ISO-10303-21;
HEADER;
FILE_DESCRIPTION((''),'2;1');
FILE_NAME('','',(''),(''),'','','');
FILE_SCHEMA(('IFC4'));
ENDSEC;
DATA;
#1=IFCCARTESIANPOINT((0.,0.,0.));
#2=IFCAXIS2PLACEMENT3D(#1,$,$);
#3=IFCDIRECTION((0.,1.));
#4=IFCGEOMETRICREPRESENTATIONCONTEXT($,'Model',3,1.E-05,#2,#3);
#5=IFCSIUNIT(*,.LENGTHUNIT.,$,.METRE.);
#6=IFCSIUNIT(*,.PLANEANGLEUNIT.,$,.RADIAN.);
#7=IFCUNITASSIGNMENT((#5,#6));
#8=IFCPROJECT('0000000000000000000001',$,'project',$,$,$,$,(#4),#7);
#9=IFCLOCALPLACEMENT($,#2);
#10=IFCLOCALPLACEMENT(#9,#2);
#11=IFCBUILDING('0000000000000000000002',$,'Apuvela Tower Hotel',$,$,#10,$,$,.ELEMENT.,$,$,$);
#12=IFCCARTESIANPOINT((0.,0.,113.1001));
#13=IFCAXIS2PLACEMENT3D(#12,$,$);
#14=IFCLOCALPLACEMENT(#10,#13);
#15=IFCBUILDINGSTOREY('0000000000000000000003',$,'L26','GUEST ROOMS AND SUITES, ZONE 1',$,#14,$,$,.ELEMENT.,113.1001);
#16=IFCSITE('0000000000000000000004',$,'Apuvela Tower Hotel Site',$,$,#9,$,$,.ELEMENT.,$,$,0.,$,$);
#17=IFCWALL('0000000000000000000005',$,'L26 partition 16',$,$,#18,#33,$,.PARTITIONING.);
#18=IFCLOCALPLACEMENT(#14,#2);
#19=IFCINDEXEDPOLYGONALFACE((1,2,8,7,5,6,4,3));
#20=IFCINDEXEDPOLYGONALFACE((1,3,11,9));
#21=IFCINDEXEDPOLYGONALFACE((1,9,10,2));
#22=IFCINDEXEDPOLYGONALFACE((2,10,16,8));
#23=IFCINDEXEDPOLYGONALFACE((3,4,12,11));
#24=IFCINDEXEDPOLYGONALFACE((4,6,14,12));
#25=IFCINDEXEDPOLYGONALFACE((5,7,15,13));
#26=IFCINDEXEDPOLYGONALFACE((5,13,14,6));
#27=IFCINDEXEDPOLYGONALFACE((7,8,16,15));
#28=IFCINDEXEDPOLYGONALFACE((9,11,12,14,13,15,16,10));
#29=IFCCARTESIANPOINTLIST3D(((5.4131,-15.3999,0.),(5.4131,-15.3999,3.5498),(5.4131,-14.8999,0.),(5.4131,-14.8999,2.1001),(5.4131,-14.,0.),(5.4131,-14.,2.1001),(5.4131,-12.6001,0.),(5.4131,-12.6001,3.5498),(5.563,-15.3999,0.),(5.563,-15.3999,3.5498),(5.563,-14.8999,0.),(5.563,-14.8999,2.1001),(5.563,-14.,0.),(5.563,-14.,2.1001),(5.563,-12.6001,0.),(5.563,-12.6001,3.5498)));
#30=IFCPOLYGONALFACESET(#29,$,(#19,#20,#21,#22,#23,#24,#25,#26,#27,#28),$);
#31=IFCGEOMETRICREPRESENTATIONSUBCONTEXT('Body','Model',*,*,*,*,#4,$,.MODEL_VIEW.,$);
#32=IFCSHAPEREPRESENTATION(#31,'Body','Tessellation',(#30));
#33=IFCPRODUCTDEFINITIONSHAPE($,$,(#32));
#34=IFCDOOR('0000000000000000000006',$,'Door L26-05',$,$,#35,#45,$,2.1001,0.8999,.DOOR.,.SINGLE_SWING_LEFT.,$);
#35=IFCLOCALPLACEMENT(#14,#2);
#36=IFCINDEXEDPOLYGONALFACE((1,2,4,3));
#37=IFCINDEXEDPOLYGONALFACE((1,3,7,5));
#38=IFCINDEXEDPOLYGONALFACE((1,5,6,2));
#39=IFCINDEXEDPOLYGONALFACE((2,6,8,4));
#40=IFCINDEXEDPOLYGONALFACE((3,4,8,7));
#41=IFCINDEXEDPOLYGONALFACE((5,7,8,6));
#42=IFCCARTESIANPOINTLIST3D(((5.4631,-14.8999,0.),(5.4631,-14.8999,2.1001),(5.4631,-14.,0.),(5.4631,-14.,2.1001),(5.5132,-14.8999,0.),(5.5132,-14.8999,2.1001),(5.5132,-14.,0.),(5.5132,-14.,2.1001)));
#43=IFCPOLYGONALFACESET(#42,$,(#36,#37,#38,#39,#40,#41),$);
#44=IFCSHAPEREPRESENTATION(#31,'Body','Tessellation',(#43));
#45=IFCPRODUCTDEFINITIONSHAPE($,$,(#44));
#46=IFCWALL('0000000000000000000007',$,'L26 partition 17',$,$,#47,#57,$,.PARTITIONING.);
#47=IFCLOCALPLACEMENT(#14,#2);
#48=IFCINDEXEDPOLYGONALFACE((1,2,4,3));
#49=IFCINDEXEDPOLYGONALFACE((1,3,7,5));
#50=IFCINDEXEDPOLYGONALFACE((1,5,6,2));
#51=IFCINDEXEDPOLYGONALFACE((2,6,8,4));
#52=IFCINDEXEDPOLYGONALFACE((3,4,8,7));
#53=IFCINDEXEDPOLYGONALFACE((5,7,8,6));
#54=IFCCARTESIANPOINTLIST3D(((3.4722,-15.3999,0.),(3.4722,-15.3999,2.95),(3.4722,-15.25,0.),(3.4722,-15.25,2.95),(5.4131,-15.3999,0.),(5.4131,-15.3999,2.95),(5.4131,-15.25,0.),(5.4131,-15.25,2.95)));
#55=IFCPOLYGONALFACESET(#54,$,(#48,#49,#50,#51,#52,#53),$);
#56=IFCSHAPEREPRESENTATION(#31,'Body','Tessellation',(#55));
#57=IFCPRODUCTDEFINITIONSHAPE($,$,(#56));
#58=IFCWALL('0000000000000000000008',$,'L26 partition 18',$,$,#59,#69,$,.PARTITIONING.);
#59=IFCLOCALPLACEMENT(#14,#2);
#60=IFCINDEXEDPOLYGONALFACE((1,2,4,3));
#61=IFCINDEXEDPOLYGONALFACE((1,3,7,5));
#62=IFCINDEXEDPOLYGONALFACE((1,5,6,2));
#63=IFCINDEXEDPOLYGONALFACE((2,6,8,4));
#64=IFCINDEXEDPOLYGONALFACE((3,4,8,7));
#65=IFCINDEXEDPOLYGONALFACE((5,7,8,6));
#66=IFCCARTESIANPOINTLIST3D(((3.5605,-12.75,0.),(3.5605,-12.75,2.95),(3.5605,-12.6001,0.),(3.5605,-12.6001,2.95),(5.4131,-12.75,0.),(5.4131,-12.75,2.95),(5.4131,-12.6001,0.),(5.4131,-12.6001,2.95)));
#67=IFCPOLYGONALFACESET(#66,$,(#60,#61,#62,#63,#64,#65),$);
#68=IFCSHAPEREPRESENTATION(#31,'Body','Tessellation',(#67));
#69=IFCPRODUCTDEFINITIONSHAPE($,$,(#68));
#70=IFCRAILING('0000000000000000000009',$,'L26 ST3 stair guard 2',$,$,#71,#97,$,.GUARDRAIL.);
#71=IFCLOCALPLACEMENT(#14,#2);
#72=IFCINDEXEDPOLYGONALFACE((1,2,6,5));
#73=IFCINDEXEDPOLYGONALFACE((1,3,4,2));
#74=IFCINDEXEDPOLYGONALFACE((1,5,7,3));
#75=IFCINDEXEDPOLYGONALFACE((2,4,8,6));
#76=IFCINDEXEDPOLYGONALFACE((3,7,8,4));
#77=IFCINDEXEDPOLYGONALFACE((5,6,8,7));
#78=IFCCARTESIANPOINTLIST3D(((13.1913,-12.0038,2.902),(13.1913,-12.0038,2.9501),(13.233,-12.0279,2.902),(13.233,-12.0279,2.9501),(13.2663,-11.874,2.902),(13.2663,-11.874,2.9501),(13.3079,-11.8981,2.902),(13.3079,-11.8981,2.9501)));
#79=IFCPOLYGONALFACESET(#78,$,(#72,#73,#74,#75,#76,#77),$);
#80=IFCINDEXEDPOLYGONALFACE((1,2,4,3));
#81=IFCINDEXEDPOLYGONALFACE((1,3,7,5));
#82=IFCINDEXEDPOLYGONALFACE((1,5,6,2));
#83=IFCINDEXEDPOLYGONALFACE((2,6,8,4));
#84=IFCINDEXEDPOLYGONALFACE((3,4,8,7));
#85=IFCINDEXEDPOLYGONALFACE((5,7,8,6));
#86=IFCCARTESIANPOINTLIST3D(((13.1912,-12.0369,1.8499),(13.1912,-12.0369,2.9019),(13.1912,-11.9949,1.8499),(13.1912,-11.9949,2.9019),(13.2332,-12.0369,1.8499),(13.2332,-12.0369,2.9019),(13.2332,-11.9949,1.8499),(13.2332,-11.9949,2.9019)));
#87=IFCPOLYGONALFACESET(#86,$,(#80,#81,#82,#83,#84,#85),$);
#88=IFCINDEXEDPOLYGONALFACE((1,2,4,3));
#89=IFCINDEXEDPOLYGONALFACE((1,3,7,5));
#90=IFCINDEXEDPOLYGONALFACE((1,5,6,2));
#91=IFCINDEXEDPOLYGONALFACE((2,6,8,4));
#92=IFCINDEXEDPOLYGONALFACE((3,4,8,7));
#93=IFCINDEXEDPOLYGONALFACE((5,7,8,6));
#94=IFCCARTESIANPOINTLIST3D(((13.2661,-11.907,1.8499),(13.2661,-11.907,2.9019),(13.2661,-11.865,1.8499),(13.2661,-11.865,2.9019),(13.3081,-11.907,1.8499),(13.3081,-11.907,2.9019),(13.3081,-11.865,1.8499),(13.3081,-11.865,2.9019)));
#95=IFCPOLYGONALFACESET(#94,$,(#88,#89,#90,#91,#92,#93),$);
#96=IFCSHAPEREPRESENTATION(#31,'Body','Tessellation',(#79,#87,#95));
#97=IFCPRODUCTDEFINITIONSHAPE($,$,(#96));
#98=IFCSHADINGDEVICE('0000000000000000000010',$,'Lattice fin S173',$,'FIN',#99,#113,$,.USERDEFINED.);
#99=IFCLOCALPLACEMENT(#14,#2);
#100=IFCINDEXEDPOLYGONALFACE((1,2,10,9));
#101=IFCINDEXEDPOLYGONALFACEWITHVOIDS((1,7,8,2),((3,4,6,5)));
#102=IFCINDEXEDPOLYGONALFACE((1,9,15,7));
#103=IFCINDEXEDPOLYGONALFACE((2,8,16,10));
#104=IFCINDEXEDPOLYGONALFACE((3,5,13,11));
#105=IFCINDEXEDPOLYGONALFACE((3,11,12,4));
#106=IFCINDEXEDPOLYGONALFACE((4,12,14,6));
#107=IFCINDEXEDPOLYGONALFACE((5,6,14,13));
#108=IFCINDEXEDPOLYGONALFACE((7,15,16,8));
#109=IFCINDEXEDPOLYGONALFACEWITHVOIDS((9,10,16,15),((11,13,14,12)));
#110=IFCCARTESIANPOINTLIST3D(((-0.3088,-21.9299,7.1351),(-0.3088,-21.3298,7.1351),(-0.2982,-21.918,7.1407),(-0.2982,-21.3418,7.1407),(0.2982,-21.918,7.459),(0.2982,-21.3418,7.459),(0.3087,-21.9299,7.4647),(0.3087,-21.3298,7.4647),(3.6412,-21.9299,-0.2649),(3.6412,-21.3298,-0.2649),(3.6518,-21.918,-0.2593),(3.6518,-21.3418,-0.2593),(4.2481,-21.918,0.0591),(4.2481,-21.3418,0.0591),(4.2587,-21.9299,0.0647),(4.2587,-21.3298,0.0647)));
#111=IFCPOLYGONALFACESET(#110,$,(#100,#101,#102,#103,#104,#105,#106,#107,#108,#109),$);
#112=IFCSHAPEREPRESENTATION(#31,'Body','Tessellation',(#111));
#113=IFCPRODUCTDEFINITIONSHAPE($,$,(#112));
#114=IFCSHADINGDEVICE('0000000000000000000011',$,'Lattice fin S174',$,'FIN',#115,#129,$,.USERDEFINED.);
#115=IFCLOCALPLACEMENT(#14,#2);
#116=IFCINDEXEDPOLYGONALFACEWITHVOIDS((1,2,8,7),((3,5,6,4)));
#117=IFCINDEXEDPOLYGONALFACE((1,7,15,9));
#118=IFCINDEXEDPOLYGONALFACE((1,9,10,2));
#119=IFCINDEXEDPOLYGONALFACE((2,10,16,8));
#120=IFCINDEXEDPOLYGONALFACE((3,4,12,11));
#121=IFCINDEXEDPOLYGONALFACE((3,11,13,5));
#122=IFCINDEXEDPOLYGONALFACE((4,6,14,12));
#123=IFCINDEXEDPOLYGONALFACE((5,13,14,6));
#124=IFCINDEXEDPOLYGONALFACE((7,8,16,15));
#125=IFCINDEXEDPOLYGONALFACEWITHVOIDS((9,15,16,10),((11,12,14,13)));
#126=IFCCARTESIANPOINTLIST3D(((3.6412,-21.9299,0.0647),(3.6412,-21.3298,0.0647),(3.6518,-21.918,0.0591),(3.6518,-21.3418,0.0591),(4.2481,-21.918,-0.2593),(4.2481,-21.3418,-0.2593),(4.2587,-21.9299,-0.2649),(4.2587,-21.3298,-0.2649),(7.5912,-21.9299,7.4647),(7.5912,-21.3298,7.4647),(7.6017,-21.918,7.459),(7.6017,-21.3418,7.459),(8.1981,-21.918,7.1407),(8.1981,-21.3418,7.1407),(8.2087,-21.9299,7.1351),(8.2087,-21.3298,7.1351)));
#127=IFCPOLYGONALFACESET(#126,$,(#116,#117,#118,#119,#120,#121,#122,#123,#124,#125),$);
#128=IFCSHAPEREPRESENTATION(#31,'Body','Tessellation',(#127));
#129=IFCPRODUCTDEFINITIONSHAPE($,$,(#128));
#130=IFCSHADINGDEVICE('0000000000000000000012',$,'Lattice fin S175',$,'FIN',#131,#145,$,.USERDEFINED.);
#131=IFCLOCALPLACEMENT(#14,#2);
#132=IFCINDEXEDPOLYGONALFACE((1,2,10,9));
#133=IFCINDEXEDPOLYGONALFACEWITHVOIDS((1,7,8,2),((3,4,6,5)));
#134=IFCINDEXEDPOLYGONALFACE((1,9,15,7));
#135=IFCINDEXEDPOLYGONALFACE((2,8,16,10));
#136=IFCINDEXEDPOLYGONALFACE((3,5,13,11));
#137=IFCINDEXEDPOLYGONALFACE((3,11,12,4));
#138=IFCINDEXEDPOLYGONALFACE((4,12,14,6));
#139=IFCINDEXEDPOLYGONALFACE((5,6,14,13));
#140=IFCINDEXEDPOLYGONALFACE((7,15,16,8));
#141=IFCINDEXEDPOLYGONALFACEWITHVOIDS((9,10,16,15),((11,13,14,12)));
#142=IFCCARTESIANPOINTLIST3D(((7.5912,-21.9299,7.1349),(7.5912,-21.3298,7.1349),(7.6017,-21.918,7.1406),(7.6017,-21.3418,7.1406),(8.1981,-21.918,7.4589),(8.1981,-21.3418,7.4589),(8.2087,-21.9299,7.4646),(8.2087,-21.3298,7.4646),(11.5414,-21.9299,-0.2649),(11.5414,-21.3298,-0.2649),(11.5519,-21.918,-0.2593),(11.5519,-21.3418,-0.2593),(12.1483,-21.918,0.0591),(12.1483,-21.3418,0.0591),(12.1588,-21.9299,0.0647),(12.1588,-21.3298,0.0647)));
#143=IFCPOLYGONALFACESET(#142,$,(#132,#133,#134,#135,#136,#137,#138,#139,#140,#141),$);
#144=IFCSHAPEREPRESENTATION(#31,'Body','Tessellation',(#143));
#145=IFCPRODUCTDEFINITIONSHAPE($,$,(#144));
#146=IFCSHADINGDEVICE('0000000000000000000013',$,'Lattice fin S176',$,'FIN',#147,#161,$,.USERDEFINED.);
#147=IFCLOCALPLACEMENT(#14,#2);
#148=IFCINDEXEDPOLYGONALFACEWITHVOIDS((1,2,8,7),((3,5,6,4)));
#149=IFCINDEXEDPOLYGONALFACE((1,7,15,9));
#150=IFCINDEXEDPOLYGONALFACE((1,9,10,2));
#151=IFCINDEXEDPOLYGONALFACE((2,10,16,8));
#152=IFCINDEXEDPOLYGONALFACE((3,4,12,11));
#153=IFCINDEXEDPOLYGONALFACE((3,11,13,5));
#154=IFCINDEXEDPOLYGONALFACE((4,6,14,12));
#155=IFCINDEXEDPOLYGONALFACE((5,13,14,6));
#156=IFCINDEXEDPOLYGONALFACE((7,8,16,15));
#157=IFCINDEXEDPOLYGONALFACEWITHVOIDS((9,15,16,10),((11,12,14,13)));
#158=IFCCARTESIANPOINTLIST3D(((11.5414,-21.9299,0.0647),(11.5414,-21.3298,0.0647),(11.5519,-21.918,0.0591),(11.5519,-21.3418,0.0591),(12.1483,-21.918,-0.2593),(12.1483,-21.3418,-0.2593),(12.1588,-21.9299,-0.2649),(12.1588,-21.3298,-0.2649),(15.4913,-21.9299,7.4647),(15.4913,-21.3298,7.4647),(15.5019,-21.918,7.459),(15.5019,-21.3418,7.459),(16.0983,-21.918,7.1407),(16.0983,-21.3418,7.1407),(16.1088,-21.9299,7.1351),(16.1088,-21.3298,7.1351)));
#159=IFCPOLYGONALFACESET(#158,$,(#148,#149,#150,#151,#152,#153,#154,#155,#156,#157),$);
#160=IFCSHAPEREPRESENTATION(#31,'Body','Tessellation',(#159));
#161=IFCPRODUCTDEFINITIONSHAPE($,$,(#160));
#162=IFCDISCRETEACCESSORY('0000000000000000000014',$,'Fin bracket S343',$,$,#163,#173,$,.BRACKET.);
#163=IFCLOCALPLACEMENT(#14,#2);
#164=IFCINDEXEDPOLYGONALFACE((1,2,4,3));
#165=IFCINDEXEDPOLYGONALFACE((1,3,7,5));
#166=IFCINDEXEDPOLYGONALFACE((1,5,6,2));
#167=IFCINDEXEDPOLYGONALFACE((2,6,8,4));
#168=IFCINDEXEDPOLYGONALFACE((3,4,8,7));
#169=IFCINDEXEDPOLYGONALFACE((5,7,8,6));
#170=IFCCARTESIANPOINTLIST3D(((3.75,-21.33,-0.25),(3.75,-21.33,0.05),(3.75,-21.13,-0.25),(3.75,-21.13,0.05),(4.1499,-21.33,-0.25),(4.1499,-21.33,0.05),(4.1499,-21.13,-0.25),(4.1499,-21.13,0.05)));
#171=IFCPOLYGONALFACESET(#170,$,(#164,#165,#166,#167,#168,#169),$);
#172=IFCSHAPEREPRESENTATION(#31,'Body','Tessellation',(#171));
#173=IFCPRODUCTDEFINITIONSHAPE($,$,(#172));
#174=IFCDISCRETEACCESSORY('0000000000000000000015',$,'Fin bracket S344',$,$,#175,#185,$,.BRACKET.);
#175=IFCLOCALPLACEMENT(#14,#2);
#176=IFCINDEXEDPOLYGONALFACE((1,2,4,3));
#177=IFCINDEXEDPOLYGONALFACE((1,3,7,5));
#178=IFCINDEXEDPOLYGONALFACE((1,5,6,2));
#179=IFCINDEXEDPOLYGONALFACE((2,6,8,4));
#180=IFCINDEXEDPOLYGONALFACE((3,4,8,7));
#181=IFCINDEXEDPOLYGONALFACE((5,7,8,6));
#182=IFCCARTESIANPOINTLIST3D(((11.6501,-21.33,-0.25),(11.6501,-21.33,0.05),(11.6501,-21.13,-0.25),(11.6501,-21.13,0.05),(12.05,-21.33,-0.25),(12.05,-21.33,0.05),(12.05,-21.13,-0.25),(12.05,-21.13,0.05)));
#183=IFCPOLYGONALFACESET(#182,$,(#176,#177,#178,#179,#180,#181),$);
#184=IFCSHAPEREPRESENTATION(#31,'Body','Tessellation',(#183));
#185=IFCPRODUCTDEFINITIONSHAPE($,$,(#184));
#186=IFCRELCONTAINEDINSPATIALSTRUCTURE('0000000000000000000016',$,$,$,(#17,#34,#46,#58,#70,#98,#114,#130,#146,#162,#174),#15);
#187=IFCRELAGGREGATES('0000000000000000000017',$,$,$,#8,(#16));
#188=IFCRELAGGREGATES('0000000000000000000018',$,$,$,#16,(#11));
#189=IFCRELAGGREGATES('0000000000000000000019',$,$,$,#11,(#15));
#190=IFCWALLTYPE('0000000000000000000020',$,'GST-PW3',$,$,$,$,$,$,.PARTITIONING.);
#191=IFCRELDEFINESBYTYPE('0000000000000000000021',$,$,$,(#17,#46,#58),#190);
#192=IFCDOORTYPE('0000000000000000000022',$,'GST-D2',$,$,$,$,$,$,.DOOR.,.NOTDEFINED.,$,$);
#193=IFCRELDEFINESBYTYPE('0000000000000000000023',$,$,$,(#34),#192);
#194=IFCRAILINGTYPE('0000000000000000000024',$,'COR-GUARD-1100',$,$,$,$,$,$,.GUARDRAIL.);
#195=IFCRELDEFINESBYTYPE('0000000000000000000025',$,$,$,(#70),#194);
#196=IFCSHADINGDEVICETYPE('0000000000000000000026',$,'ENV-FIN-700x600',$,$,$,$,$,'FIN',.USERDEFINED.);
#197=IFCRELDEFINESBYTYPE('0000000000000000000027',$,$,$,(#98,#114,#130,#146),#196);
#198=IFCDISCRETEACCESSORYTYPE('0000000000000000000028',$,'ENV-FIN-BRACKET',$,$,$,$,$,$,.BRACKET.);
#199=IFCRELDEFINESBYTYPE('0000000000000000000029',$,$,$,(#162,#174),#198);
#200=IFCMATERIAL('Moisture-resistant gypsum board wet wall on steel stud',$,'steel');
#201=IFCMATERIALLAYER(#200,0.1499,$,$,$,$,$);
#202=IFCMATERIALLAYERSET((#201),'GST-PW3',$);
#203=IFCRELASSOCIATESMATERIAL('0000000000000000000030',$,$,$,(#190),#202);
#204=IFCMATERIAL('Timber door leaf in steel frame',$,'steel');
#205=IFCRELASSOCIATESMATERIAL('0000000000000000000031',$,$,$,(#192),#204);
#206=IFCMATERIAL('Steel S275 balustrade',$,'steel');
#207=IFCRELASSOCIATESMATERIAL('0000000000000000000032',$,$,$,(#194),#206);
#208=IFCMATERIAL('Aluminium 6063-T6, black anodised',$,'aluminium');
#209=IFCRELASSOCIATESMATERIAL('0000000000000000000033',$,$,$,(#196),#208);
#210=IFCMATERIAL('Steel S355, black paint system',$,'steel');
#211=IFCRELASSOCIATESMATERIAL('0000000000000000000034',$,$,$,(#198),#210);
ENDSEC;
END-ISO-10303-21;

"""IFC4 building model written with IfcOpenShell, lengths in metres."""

from ifc_helpers import new_model, si_unit, direction, frame, frame_2d, origin, origin_2d, place, context, subcontext, project, spatial, rectangle, hollow_rectangle, extrude, material, layer, layer_set, material_profile, profile_set, type_object, element, fill, save


model = new_model("IFC4")

# Units and contexts
model_context = context("Model", 3, precision=1e-05, world=origin(), true_north=direction((0.0, 1.0)))
body_context = subcontext(model_context, "Body", "Model", "MODEL_VIEW")
ifc_project = project(units=[si_unit("LENGTHUNIT", "METRE"), si_unit("PLANEANGLEUNIT", "RADIAN")], contexts=[model_context])

# Site, building, storey
site_placement = place(None, origin())
site = spatial("IfcSite", under=ifc_project, at=site_placement, Name="Apuvela Tower Hotel Site", CompositionType="ELEMENT", RefElevation=0.0)
building_placement = place(site_placement, origin())
building = spatial("IfcBuilding", under=site, at=building_placement, Name="Apuvela Tower Hotel", CompositionType="ELEMENT")
storey_placement = place(building_placement, frame((0.0, 0.0, 113.1001)))
storey = spatial("IfcBuildingStorey", under=building, at=storey_placement, Name="L26", Description="GUEST ROOMS AND SUITES, ZONE 1", CompositionType="ELEMENT", Elevation=113.1001)

# Shared definitions
ifc_material_1 = material(Name="Moisture-resistant gypsum board wet wall on steel stud", Category="steel")
ifc_layer_1 = layer(ifc_material_1, 0.1499)
ifc_layer_set_1 = layer_set([ifc_layer_1], Name="GST-PW3")
wall_type_1 = type_object("IfcWallType", Name="GST-PW3", PredefinedType="PARTITIONING", material=ifc_layer_set_1)

# Wall, opening, door
wall_1_placement = place(storey_placement, frame((5.488, -15.3999, 0.0), z_axis=(0.0, 0.0, 1.0), x_axis=(0.0, 1.0, 0.0)))
wall_1 = element("IfcWall", 1, at=wall_1_placement, inside=storey, type_object=wall_type_1, Name="L26 partition 16", PredefinedType="PARTITIONING", context=body_context, shape_type="SweptSolid", body=[
    extrude(rectangle(XDim=2.7998, YDim=0.1499, at=frame_2d((1.3999, 0.0))), origin(), (0.0, 0.0, 1.0), 3.5498),
])
opening_1_placement = place(wall_1_placement, frame((0.5, 0.0, 0.0)))
opening_1 = element("IfcOpeningElement", 2, at=opening_1_placement, cuts=wall_1, PredefinedType="OPENING", context=body_context, shape_type="SweptSolid", body=[
    extrude(rectangle(XDim=0.8999, YDim=2.1001, at=frame_2d((0.45, 1.05))), frame((0.0, 0.085, 0.0), z_axis=(0.0, -1.0, 0.0), x_axis=(1.0, 0.0, 0.0)), (0.0, 0.0, 1.0), 0.1699),
])
ifc_material_2 = material(Name="Timber door leaf in steel frame", Category="steel")
door_type_1 = type_object("IfcDoorType", Name="GST-D2", OperationType="NOTDEFINED", PredefinedType="DOOR", material=ifc_material_2)
door_1_placement = place(opening_1_placement, origin())
door_1 = element("IfcDoor", 3, at=door_1_placement, inside=storey, type_object=door_type_1, Name="Door L26-05", OperationType="SINGLE_SWING_LEFT", OverallHeight=2.1001, OverallWidth=0.8999, PredefinedType="DOOR", context=body_context, shape_type="SweptSolid", body=[
    extrude(rectangle(XDim=0.8999, YDim=2.1001, at=frame_2d((0.45, 1.05))), frame((0.0, 0.0249, 0.0), z_axis=(0.0, -1.0, 0.0), x_axis=(1.0, 0.0, 0.0)), (0.0, 0.0, 1.0), 0.05),
])
fill(opening_1, door_1)

# Walls
wall_2_placement = place(storey_placement, frame((3.4722, -15.325, 0.0), z_axis=(0.0, 0.0, 1.0), x_axis=(1.0, 0.0, 0.0)))
element("IfcWall", 4, at=wall_2_placement, inside=storey, type_object=wall_type_1, Name="L26 partition 17", PredefinedType="PARTITIONING", context=body_context, shape_type="SweptSolid", body=[
    extrude(rectangle(XDim=1.9409, YDim=0.1499, at=frame_2d((0.9705, 0.0))), origin(), (0.0, 0.0, 1.0), 2.95),
])
wall_3_placement = place(storey_placement, frame((3.5605, -12.675, 0.0), z_axis=(0.0, 0.0, 1.0), x_axis=(1.0, 0.0, 0.0)))
element("IfcWall", 5, at=wall_3_placement, inside=storey, type_object=wall_type_1, Name="L26 partition 18", PredefinedType="PARTITIONING", context=body_context, shape_type="SweptSolid", body=[
    extrude(rectangle(XDim=1.8525, YDim=0.1499, at=frame_2d((0.9263, 0.0))), origin(), (0.0, 0.0, 1.0), 2.95),
])

# Railing
ifc_material_3 = material(Name="Steel S275 balustrade", Category="steel")
railing_type = type_object("IfcRailingType", Name="COR-GUARD-1100", PredefinedType="GUARDRAIL", material=ifc_material_3)
railing_placement = place(storey_placement, frame((13.2122, -12.0159, 1.8499)))
element("IfcRailing", 6, at=railing_placement, inside=storey, type_object=railing_type, Name="L26 ST3 stair guard 2", PredefinedType="GUARDRAIL", context=body_context, shape_type="SweptSolid", body=[
    extrude(rectangle(XDim=0.0481, YDim=0.0481, at=origin_2d()), frame((0.0, 0.0, 1.0762), z_axis=(0.499816, 0.866131, 0.0), x_axis=(-0.866131, 0.499816, 0.0)), (0.0, 0.0, 1.0), 0.1499),
    extrude(rectangle(XDim=0.042, YDim=0.042, at=origin_2d()), origin(), (0.0, 0.0, 1.0), 1.052),
    extrude(rectangle(XDim=0.042, YDim=0.042, at=origin_2d()), frame((0.075, 0.1299, 0.0)), (0.0, 0.0, 1.0), 1.052),
])

# Shading devices
ifc_material_4 = material(Name="Aluminium 6063-T6, black anodised", Category="aluminium")
ifc_material_profile_1 = material_profile(ifc_material_4, hollow_rectangle(XDim=0.6001, YDim=0.7, WallThickness=0.012, at=origin_2d()), Name="AL BOX 700x600x12")
ifc_profile_set_1 = profile_set([ifc_material_profile_1], Name="Aluminium 6063-T6, black anodised")
shading_device_type = type_object("IfcShadingDeviceType", Name="ENV-FIN-700x600", ElementType="FIN", PredefinedType="USERDEFINED", material=ifc_profile_set_1)
for number, where, z_axis, x_axis, name in (
    (7, (3.95, -21.6299, -0.1001), (-0.470898, 0.0, 0.882188), (0.0, -1.0, 0.0), "Lattice fin S173"),
    (8, (3.95, -21.6299, -0.1001), (0.470898, 0.0, 0.882188), (0.0, 1.0, 0.0), "Lattice fin S174"),
    (9, (11.8501, -21.6299, -0.1001), (-0.470921, 0.0, 0.882176), (0.0, -1.0, 0.0), "Lattice fin S175"),
    (10, (11.8501, -21.6299, -0.1001), (0.470898, 0.0, 0.882188), (0.0, 1.0, 0.0), "Lattice fin S176"),
):
    element("IfcShadingDevice", number, at=place(storey_placement, frame(where, z_axis=z_axis, x_axis=x_axis)), inside=storey, type_object=shading_device_type, Name=name, ObjectType="FIN", PredefinedType="USERDEFINED", context=body_context, shape_type="SweptSolid", body=[
        extrude(hollow_rectangle(XDim=0.6001, YDim=0.7, WallThickness=0.012, at=origin_2d()), origin(), (0.0, 0.0, 1.0), 8.3882),
    ])

# Discrete accessories
ifc_material_5 = material(Name="Steel S355, black paint system", Category="steel")
discrete_accessory_type = type_object("IfcDiscreteAccessoryType", Name="ENV-FIN-BRACKET", PredefinedType="BRACKET", material=ifc_material_5)
for number, where, z_axis, x_axis, name in (
    (11, (3.95, -21.23, -0.25), (0.0, 0.0, 1.0), (1.0, 0.0, 0.0), "Fin bracket S343"),
    (12, (11.8501, -21.23, -0.25), (0.0, 0.0, 1.0), (1.0, 0.0, 0.0), "Fin bracket S344"),
):
    element("IfcDiscreteAccessory", number, at=place(storey_placement, frame(where, z_axis=z_axis, x_axis=x_axis)), inside=storey, type_object=discrete_accessory_type, Name=name, PredefinedType="BRACKET", context=body_context, shape_type="SweptSolid", body=[
        extrude(rectangle(XDim=0.3999, YDim=0.2, at=origin_2d()), origin(), (0.0, 0.0, 1.0), 0.3),
    ])

save(model, "model.ifc")
